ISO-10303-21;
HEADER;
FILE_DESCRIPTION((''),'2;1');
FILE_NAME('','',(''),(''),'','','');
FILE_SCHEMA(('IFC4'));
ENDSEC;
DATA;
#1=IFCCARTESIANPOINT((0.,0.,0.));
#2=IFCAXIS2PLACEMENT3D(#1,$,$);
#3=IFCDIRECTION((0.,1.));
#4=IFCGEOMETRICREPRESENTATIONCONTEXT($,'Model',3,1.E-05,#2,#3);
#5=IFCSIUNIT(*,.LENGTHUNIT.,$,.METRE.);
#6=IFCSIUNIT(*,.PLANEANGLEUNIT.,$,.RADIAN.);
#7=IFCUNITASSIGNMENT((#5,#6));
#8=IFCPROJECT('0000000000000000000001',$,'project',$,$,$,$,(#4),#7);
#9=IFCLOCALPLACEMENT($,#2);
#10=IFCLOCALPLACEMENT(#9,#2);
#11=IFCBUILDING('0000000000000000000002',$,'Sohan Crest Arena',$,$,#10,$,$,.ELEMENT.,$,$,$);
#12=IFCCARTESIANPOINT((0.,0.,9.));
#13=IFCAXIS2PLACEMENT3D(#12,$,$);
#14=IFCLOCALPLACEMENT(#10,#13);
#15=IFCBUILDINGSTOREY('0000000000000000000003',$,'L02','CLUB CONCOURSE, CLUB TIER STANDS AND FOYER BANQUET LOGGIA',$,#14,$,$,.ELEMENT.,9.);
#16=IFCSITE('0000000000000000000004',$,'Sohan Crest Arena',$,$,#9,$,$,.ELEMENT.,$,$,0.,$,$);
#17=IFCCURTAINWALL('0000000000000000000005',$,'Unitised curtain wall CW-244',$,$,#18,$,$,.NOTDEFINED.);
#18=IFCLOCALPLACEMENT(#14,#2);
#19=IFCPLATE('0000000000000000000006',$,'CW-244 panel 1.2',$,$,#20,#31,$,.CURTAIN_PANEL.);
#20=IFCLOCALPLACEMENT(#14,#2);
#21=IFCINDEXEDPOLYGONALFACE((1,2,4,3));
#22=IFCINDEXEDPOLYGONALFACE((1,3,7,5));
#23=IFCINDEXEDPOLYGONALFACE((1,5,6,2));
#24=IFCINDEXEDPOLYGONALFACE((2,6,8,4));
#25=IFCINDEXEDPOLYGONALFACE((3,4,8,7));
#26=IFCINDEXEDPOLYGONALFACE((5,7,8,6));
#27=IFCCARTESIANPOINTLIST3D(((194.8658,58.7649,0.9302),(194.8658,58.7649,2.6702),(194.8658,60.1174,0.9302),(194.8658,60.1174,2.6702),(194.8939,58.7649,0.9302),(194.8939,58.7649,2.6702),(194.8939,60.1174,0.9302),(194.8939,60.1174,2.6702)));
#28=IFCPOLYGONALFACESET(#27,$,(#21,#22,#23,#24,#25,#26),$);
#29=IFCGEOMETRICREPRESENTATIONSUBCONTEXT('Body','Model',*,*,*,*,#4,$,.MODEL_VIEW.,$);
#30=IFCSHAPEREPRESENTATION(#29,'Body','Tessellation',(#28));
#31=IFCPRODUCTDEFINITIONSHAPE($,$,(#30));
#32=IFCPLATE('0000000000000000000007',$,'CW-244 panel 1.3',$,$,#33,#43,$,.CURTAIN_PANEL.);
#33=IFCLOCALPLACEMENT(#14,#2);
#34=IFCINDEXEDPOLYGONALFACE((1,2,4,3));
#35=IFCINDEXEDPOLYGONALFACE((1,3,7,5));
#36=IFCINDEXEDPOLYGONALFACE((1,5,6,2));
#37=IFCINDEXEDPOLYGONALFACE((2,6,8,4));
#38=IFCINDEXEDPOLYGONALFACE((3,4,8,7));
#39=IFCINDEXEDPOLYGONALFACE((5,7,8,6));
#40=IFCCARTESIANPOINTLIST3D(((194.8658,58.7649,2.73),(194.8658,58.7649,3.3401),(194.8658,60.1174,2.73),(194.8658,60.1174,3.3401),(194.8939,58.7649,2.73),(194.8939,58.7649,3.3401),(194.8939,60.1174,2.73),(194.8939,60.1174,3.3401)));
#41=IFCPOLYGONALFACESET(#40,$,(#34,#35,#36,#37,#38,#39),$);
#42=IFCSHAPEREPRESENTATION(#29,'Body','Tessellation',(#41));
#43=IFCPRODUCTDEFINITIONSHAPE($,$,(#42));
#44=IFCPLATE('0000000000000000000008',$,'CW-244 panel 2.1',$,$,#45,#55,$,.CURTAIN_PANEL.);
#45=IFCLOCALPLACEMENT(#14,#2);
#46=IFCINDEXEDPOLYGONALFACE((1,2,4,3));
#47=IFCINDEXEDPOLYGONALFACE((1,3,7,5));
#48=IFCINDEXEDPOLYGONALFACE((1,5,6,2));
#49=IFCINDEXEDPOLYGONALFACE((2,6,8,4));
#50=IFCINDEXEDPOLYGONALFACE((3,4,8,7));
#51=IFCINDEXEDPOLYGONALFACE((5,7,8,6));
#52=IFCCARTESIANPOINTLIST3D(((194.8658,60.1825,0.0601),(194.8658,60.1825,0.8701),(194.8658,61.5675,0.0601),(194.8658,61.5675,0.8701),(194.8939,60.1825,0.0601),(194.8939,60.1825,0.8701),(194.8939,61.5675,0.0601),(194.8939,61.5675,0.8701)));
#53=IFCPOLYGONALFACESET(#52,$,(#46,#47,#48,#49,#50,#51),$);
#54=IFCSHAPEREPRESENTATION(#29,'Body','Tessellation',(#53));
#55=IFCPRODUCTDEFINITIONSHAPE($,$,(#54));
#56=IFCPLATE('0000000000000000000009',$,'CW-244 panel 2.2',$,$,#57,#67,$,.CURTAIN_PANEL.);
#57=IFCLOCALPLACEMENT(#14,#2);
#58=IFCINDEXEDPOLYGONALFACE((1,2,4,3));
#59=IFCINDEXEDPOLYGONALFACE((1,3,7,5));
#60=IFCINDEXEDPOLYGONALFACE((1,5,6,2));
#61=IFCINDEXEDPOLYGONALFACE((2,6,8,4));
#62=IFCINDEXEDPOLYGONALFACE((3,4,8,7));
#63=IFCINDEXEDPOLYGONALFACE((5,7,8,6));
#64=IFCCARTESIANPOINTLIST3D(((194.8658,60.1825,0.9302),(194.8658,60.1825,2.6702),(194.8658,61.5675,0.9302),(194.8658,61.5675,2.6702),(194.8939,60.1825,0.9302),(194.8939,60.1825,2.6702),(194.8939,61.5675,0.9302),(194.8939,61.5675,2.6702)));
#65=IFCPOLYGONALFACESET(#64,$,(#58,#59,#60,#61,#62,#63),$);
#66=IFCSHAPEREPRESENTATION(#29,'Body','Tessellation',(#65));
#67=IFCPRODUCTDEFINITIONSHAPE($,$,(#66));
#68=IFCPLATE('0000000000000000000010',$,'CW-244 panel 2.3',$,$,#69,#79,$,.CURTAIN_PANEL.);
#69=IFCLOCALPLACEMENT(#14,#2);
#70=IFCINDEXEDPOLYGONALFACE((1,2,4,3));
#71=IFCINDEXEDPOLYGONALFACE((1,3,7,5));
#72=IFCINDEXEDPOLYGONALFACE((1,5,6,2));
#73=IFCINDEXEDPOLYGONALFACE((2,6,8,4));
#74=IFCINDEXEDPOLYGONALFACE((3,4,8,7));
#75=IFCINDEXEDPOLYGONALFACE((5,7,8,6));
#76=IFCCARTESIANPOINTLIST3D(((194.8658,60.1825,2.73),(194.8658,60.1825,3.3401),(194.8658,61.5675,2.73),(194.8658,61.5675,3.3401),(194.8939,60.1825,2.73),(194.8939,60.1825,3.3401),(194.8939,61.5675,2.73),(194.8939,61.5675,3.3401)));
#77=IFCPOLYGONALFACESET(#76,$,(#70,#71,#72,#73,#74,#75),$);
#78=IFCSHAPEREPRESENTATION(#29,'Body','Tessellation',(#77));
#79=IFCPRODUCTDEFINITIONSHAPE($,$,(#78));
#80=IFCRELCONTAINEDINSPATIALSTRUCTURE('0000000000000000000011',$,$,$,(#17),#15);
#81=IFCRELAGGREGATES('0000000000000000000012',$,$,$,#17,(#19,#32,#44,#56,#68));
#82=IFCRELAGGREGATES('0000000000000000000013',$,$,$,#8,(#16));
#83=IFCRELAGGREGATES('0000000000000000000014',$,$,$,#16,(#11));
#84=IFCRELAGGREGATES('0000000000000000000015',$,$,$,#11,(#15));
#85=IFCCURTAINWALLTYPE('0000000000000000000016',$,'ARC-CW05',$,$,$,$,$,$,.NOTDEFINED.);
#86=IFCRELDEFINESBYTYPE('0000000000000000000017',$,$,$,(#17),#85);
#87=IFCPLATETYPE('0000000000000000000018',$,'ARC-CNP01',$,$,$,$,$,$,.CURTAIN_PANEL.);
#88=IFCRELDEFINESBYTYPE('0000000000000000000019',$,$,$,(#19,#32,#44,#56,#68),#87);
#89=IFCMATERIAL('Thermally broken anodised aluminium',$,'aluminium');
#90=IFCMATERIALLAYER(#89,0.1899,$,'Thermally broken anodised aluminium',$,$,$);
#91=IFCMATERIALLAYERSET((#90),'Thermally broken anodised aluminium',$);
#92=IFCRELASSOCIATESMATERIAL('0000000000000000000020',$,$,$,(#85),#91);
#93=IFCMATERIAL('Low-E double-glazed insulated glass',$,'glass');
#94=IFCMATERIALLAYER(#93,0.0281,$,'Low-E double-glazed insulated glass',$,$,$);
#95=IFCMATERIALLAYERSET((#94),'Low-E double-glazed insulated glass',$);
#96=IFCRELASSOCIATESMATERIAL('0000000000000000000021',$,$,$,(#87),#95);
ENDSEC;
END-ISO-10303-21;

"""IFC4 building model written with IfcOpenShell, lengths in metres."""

from ifc_helpers import new_model, si_unit, direction, frame, origin, origin_2d, place, context, subcontext, project, spatial, rectangle, extrude, material, layer, layer_set, type_object, element, aggregate, save


model = new_model("IFC4")

# Units and contexts
model_context = context("Model", 3, precision=1e-05, world=origin(), true_north=direction((0.0, 1.0)))
body_context = subcontext(model_context, "Body", "Model", "MODEL_VIEW")
ifc_project = project(units=[si_unit("LENGTHUNIT", "METRE"), si_unit("PLANEANGLEUNIT", "RADIAN")], contexts=[model_context])

# Site, building, storey
site_placement = place(None, origin())
site = spatial("IfcSite", under=ifc_project, at=site_placement, Name="Sohan Crest Arena", CompositionType="ELEMENT", RefElevation=0.0)
building_placement = place(site_placement, origin())
building = spatial("IfcBuilding", under=site, at=building_placement, Name="Sohan Crest Arena", CompositionType="ELEMENT")
storey_placement = place(building_placement, frame((0.0, 0.0, 9.0)))
storey = spatial("IfcBuildingStorey", under=building, at=storey_placement, Name="L02", Description="CLUB CONCOURSE, CLUB TIER STANDS AND FOYER BANQUET LOGGIA", CompositionType="ELEMENT", Elevation=9.0)

# Curtain wall
ifc_material_1 = material(Name="Thermally broken anodised aluminium", Category="aluminium")
ifc_layer_1 = layer(ifc_material_1, 0.1899, Name="Thermally broken anodised aluminium")
ifc_layer_set_1 = layer_set([ifc_layer_1], Name="Thermally broken anodised aluminium")
curtain_wall_type = type_object("IfcCurtainWallType", Name="ARC-CW05", PredefinedType="NOTDEFINED", material=ifc_layer_set_1)
curtain_wall_placement = place(storey_placement, origin())
curtain_wall = element("IfcCurtainWall", 1, at=curtain_wall_placement, inside=storey, type_object=curtain_wall_type, Name="Unitised curtain wall CW-244", PredefinedType="NOTDEFINED")

# Plates
ifc_material_2 = material(Name="Low-E double-glazed insulated glass", Category="glass")
ifc_layer_2 = layer(ifc_material_2, 0.0281, Name="Low-E double-glazed insulated glass")
ifc_layer_set_2 = layer_set([ifc_layer_2], Name="Low-E double-glazed insulated glass")
plate_type = type_object("IfcPlateType", Name="ARC-CNP01", PredefinedType="CURTAIN_PANEL", material=ifc_layer_set_2)
plate_1_placement = place(storey_placement, frame((194.8799, 59.4412, 0.9302), z_axis=(0.0, 0.0, 1.0), x_axis=(0.0, 1.0, 0.0)))
plate_1 = element("IfcPlate", 2, at=plate_1_placement, type_object=plate_type, Name="CW-244 panel 1.2", PredefinedType="CURTAIN_PANEL", context=body_context, shape_type="SweptSolid", body=[
    extrude(rectangle(XDim=1.3525, YDim=0.0281, at=origin_2d()), origin(), (0.0, 0.0, 1.0), 1.74),
])
plate_2_placement = place(storey_placement, frame((194.8799, 59.4412, 2.73), z_axis=(0.0, 0.0, 1.0), x_axis=(0.0, 1.0, 0.0)))
plate_2 = element("IfcPlate", 3, at=plate_2_placement, type_object=plate_type, Name="CW-244 panel 1.3", PredefinedType="CURTAIN_PANEL", context=body_context, shape_type="SweptSolid", body=[
    extrude(rectangle(XDim=1.3525, YDim=0.0281, at=origin_2d()), origin(), (0.0, 0.0, 1.0), 0.6101),
])
plate_3_placement = place(storey_placement, frame((194.8799, 60.875, 0.0601), z_axis=(0.0, 0.0, 1.0), x_axis=(0.0, 1.0, 0.0)))
plate_3 = element("IfcPlate", 4, at=plate_3_placement, type_object=plate_type, Name="CW-244 panel 2.1", PredefinedType="CURTAIN_PANEL", context=body_context, shape_type="SweptSolid", body=[
    extrude(rectangle(XDim=1.385, YDim=0.0281, at=origin_2d()), origin(), (0.0, 0.0, 1.0), 0.8101),
])
plate_4_placement = place(storey_placement, frame((194.8799, 60.875, 0.9302), z_axis=(0.0, 0.0, 1.0), x_axis=(0.0, 1.0, 0.0)))
plate_4 = element("IfcPlate", 5, at=plate_4_placement, type_object=plate_type, Name="CW-244 panel 2.2", PredefinedType="CURTAIN_PANEL", context=body_context, shape_type="SweptSolid", body=[
    extrude(rectangle(XDim=1.385, YDim=0.0281, at=origin_2d()), origin(), (0.0, 0.0, 1.0), 1.74),
])
plate_5_placement = place(storey_placement, frame((194.8799, 60.875, 2.73), z_axis=(0.0, 0.0, 1.0), x_axis=(0.0, 1.0, 0.0)))
plate_5 = element("IfcPlate", 6, at=plate_5_placement, type_object=plate_type, Name="CW-244 panel 2.3", PredefinedType="CURTAIN_PANEL", context=body_context, shape_type="SweptSolid", body=[
    extrude(rectangle(XDim=1.385, YDim=0.0281, at=origin_2d()), origin(), (0.0, 0.0, 1.0), 0.6101),
])
aggregate(curtain_wall, [plate_1, plate_2, plate_3, plate_4, plate_5])

save(model, "model.ifc")
